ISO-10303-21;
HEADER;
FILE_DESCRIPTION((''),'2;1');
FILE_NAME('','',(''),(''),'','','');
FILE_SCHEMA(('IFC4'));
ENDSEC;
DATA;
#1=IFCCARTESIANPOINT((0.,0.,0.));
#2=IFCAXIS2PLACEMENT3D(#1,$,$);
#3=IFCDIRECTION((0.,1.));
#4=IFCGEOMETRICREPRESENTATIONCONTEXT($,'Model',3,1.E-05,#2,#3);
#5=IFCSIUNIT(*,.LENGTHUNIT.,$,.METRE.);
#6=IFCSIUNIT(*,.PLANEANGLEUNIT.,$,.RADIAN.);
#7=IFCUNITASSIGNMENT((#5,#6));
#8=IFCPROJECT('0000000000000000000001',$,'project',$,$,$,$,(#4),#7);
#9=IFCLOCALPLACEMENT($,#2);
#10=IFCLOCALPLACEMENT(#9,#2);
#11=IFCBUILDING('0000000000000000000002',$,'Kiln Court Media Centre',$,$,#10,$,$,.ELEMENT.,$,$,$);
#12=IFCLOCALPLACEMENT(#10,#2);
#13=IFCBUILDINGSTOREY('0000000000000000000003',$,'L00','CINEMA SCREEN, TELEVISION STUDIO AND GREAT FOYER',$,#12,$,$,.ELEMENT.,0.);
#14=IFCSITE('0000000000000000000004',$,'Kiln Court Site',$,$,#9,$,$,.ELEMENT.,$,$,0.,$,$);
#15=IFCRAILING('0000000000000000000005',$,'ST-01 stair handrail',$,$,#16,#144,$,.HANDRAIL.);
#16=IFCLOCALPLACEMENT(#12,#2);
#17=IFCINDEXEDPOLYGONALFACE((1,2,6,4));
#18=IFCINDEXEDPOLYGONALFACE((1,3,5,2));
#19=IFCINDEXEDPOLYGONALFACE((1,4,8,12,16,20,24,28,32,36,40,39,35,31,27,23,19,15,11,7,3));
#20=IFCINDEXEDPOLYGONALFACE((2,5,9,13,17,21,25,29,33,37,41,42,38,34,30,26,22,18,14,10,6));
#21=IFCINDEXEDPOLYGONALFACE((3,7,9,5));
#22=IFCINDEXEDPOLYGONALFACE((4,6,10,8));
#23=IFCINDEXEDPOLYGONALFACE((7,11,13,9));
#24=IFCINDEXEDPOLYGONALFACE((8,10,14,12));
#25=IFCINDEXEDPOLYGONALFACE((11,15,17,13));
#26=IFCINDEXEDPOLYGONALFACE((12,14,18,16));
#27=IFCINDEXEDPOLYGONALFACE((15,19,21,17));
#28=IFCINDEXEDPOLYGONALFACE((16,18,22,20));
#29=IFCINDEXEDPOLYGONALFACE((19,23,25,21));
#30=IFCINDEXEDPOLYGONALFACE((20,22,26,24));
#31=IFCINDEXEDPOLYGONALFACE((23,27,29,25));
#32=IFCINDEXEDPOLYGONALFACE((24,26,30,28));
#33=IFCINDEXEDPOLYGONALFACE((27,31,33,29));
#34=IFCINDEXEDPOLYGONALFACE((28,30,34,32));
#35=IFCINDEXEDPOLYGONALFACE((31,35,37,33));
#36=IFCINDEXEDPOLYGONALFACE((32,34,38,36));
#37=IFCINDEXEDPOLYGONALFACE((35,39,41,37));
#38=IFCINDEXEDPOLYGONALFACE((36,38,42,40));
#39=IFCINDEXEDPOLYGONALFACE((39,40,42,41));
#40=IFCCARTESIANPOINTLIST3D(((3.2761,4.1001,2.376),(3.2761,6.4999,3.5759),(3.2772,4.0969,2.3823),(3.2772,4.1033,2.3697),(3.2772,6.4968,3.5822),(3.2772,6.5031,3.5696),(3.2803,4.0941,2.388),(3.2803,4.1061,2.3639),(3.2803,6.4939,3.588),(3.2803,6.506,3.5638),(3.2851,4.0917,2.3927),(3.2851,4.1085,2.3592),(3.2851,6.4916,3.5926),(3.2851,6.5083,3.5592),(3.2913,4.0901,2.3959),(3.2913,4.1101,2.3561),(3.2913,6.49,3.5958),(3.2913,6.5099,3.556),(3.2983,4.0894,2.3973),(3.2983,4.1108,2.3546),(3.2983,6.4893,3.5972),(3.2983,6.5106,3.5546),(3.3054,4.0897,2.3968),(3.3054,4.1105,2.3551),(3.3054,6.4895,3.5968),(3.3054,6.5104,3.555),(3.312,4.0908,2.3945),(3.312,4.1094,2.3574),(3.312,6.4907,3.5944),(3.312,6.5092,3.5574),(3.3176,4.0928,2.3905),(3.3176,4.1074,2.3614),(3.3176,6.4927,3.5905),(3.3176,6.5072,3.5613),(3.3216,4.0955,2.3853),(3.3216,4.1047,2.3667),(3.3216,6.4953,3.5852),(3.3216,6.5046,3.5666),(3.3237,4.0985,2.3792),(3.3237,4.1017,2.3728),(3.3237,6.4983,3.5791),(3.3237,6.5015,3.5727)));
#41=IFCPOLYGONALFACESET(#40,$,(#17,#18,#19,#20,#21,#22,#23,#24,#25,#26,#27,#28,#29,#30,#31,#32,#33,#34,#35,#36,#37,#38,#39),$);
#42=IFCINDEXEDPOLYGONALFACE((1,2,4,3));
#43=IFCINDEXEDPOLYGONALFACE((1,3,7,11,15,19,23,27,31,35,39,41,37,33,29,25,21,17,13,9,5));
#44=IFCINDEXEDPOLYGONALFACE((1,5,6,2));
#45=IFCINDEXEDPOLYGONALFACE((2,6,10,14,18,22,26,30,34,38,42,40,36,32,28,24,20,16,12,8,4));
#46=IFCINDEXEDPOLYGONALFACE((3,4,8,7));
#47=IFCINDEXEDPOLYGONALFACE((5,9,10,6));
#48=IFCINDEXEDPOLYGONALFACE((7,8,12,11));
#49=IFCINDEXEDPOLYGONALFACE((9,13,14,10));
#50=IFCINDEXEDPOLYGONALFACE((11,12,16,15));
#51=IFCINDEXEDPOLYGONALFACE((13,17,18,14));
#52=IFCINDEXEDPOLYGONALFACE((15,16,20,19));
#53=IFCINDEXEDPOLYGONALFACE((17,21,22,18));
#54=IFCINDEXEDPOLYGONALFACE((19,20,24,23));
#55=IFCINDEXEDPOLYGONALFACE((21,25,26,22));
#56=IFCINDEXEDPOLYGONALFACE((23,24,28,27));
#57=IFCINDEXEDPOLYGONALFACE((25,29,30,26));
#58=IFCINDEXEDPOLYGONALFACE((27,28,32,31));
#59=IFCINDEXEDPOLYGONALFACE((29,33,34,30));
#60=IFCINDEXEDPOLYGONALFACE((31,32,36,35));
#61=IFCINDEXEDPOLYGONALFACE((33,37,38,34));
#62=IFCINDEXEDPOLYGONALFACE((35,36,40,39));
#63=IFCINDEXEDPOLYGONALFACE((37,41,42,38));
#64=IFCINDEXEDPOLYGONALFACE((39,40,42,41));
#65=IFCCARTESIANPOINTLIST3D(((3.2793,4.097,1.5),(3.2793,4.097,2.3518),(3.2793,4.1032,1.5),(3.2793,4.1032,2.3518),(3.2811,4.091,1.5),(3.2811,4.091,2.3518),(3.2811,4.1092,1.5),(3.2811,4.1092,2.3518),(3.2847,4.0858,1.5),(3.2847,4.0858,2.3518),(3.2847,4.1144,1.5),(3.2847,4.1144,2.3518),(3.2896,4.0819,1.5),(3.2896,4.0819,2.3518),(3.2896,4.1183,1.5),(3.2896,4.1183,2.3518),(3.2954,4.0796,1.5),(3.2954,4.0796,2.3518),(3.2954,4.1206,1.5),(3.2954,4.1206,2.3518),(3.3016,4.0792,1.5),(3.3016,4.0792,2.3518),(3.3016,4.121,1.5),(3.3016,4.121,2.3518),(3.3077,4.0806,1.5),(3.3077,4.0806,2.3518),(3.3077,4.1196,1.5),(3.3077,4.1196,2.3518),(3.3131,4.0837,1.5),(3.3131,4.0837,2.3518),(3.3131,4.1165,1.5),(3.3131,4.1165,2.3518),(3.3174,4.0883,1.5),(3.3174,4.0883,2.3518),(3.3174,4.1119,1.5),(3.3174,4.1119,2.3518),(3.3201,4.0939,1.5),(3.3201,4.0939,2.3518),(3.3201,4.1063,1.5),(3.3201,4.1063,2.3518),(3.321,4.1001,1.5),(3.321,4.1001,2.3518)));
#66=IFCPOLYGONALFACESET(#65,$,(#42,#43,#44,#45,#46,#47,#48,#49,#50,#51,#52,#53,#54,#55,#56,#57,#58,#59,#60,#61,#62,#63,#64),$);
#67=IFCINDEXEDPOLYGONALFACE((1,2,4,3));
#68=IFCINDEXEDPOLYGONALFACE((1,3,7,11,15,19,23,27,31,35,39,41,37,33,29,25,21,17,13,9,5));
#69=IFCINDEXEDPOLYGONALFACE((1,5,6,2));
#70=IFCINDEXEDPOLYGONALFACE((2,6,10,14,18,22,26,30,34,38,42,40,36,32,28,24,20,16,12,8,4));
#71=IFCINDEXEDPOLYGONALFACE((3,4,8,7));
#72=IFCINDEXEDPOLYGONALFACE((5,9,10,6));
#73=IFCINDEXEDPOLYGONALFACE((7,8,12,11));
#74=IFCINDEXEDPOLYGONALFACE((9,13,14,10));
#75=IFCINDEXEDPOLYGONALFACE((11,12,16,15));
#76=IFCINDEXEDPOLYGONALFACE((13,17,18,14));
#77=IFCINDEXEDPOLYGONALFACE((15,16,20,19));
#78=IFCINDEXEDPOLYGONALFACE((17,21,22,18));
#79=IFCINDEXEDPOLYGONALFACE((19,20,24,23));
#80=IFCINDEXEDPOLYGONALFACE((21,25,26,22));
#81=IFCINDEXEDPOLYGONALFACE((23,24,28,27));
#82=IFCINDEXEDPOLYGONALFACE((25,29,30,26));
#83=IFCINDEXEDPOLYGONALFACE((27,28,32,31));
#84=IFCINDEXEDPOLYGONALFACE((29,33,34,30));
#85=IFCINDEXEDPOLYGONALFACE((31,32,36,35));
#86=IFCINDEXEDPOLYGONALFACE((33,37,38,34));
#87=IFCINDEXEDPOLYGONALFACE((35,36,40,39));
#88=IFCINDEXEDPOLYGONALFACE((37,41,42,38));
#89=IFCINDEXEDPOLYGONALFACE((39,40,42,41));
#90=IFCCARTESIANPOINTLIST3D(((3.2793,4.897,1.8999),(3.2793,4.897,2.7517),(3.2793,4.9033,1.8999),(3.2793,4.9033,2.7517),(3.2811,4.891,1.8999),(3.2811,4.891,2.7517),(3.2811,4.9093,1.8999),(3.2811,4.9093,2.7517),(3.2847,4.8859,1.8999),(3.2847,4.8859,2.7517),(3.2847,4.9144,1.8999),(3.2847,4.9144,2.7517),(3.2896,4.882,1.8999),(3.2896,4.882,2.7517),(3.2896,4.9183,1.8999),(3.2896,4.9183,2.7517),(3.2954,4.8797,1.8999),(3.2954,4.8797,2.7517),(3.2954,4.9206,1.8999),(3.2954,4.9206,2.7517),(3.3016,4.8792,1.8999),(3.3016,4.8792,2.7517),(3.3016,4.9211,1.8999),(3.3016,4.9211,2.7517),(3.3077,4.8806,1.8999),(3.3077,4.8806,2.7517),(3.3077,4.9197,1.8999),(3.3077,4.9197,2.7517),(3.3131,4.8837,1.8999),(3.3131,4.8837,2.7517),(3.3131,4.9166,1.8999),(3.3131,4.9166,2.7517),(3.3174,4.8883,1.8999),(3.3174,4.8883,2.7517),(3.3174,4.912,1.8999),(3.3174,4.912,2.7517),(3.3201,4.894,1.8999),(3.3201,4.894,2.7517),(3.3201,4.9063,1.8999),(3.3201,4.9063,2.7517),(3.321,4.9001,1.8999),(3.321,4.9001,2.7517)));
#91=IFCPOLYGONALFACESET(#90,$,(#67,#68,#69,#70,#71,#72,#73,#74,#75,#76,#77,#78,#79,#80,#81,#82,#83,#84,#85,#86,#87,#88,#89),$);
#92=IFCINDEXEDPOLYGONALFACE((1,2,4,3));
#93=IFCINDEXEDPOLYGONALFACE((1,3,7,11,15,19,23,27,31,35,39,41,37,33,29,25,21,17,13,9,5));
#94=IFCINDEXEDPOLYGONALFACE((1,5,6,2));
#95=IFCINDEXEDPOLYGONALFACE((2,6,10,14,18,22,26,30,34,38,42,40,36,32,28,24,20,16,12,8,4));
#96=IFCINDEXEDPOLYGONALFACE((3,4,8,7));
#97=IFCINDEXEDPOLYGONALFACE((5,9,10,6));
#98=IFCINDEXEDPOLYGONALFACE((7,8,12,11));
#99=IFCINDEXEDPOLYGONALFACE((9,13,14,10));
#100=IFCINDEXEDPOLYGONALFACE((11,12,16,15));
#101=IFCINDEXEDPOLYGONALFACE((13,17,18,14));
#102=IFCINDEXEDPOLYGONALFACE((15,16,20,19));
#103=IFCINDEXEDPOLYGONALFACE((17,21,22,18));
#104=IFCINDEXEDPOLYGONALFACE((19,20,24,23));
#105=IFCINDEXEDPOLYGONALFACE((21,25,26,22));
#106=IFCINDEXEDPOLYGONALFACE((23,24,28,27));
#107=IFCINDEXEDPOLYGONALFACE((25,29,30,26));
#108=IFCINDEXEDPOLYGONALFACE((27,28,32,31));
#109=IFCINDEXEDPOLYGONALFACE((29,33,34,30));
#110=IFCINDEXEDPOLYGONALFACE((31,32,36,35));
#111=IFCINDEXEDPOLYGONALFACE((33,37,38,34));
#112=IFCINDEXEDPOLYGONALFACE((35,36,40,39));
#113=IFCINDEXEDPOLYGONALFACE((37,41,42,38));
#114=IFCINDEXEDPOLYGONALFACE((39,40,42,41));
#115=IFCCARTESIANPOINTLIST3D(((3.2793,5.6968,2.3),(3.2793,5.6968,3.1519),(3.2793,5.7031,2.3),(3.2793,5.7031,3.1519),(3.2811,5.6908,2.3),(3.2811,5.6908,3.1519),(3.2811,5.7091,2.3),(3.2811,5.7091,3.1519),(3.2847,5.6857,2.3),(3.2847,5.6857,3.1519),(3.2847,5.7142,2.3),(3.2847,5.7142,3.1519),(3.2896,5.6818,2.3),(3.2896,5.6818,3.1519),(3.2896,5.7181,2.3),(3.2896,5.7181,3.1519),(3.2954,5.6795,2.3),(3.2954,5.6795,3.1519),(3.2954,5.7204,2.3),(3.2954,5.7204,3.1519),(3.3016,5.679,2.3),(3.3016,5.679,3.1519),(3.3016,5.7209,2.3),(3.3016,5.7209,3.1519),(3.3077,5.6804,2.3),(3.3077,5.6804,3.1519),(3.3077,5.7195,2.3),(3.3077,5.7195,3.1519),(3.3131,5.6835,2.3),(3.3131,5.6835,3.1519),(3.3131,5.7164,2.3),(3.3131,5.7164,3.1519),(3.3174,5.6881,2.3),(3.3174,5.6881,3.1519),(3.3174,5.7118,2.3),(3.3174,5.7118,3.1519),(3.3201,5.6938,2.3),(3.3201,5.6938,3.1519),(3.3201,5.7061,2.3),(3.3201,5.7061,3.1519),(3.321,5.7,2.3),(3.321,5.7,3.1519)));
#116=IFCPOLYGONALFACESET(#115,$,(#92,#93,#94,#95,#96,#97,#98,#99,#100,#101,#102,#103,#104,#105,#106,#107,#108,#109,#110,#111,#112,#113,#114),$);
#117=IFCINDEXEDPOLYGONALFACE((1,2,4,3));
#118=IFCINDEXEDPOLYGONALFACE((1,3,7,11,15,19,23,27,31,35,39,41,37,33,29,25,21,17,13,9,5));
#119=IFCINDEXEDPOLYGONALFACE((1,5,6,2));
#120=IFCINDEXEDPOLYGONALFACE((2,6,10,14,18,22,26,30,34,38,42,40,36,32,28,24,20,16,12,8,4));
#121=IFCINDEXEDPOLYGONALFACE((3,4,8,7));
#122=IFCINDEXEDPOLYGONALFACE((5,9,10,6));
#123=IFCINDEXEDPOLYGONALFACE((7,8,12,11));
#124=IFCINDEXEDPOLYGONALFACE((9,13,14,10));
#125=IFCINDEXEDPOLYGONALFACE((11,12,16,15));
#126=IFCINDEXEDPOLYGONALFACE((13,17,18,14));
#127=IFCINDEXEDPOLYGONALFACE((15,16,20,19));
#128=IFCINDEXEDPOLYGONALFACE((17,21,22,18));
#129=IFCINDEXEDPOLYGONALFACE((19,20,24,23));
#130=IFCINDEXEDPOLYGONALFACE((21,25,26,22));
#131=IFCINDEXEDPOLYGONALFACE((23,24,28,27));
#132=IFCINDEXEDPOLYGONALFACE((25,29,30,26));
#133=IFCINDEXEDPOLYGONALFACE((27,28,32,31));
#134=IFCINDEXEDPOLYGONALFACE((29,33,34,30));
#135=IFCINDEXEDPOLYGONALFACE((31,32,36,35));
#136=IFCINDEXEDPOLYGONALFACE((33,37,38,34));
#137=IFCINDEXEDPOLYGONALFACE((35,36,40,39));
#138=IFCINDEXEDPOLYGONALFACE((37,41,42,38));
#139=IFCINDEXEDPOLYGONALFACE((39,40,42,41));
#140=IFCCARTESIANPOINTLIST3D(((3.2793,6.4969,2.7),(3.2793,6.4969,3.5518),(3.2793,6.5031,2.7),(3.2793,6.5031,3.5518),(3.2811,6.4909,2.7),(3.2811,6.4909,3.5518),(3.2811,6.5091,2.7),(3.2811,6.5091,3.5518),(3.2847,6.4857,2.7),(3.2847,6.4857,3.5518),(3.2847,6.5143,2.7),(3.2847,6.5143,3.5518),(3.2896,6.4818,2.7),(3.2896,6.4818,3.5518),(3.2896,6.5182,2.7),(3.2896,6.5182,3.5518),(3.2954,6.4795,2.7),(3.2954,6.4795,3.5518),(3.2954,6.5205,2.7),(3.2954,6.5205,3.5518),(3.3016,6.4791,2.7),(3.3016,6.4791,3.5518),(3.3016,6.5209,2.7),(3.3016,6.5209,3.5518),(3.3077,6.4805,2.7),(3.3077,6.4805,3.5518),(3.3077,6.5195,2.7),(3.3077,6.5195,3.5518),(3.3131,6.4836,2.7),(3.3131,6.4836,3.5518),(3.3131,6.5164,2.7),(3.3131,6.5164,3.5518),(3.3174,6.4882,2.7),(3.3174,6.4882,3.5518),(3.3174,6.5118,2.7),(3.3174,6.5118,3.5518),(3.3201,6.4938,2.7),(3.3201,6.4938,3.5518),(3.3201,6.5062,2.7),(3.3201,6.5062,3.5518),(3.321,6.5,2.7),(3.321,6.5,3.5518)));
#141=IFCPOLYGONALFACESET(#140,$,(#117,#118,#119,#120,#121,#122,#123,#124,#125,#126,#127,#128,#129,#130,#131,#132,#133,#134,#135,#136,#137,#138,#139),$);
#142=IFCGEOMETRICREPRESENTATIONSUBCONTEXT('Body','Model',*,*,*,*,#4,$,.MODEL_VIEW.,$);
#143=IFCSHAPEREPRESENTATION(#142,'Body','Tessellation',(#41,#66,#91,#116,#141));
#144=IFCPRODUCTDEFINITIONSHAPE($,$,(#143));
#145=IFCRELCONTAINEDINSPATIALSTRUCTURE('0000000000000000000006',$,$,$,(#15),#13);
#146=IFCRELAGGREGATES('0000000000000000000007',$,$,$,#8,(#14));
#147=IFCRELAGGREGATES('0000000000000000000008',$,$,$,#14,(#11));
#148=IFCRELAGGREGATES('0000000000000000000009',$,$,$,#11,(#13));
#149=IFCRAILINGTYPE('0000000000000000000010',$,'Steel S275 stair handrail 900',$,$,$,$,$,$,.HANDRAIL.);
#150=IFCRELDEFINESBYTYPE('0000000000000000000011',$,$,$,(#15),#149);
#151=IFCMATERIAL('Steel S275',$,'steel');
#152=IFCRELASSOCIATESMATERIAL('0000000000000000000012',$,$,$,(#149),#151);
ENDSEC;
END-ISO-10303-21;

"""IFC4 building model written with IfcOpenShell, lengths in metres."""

from ifc_helpers import new_model, si_unit, direction, frame, origin, origin_2d, place, context, subcontext, project, spatial, circle, extrude, material, type_object, element, save


model = new_model("IFC4")

# Units and contexts
model_context = context("Model", 3, precision=1e-05, world=origin(), true_north=direction((0.0, 1.0)))
body_context = subcontext(model_context, "Body", "Model", "MODEL_VIEW")
ifc_project = project(units=[si_unit("LENGTHUNIT", "METRE"), si_unit("PLANEANGLEUNIT", "RADIAN")], contexts=[model_context])

# Site, building, storey
site_placement = place(None, origin())
site = spatial("IfcSite", under=ifc_project, at=site_placement, Name="Kiln Court Site", CompositionType="ELEMENT", RefElevation=0.0)
building_placement = place(site_placement, origin())
building = spatial("IfcBuilding", under=site, at=building_placement, Name="Kiln Court Media Centre", CompositionType="ELEMENT")
storey_placement = place(building_placement, origin())
storey = spatial("IfcBuildingStorey", under=building, at=storey_placement, Name="L00", Description="CINEMA SCREEN, TELEVISION STUDIO AND GREAT FOYER", CompositionType="ELEMENT", Elevation=0.0)

# Railing
ifc_material_1 = material(Name="Steel S275", Category="steel")
railing_type_1 = type_object("IfcRailingType", Name="Steel S275 stair handrail 900", PredefinedType="HANDRAIL", material=ifc_material_1)
for number, where, name in (
    (1, (3.3, 4.1001, 1.5), "ST-01 stair handrail"),
):
    element("IfcRailing", number, at=place(storey_placement, frame(where)), inside=storey, type_object=railing_type_1, Name=name, PredefinedType="HANDRAIL", context=body_context, shape_type="SweptSolid", body=[
        extrude(circle(Radius=0.0239, at=origin_2d()), frame((0.0, 0.0, 0.876), z_axis=(0.0, 0.894427, 0.447214), x_axis=(-1.0, 0.0, 0.0)), (0.0, 0.0, 1.0), 2.6831),
        extrude(circle(Radius=0.021, at=origin_2d()), origin(), (0.0, 0.0, 1.0), 0.8518),
        extrude(circle(Radius=0.021, at=origin_2d()), frame((0.0, 0.8, 0.3999)), (0.0, 0.0, 1.0), 0.8518),
        extrude(circle(Radius=0.021, at=origin_2d()), frame((0.0, 1.5999, 0.8)), (0.0, 0.0, 1.0), 0.8518),
        extrude(circle(Radius=0.021, at=origin_2d()), frame((0.0, 2.3999, 1.2)), (0.0, 0.0, 1.0), 0.8518),
    ])

save(model, "model.ifc")
